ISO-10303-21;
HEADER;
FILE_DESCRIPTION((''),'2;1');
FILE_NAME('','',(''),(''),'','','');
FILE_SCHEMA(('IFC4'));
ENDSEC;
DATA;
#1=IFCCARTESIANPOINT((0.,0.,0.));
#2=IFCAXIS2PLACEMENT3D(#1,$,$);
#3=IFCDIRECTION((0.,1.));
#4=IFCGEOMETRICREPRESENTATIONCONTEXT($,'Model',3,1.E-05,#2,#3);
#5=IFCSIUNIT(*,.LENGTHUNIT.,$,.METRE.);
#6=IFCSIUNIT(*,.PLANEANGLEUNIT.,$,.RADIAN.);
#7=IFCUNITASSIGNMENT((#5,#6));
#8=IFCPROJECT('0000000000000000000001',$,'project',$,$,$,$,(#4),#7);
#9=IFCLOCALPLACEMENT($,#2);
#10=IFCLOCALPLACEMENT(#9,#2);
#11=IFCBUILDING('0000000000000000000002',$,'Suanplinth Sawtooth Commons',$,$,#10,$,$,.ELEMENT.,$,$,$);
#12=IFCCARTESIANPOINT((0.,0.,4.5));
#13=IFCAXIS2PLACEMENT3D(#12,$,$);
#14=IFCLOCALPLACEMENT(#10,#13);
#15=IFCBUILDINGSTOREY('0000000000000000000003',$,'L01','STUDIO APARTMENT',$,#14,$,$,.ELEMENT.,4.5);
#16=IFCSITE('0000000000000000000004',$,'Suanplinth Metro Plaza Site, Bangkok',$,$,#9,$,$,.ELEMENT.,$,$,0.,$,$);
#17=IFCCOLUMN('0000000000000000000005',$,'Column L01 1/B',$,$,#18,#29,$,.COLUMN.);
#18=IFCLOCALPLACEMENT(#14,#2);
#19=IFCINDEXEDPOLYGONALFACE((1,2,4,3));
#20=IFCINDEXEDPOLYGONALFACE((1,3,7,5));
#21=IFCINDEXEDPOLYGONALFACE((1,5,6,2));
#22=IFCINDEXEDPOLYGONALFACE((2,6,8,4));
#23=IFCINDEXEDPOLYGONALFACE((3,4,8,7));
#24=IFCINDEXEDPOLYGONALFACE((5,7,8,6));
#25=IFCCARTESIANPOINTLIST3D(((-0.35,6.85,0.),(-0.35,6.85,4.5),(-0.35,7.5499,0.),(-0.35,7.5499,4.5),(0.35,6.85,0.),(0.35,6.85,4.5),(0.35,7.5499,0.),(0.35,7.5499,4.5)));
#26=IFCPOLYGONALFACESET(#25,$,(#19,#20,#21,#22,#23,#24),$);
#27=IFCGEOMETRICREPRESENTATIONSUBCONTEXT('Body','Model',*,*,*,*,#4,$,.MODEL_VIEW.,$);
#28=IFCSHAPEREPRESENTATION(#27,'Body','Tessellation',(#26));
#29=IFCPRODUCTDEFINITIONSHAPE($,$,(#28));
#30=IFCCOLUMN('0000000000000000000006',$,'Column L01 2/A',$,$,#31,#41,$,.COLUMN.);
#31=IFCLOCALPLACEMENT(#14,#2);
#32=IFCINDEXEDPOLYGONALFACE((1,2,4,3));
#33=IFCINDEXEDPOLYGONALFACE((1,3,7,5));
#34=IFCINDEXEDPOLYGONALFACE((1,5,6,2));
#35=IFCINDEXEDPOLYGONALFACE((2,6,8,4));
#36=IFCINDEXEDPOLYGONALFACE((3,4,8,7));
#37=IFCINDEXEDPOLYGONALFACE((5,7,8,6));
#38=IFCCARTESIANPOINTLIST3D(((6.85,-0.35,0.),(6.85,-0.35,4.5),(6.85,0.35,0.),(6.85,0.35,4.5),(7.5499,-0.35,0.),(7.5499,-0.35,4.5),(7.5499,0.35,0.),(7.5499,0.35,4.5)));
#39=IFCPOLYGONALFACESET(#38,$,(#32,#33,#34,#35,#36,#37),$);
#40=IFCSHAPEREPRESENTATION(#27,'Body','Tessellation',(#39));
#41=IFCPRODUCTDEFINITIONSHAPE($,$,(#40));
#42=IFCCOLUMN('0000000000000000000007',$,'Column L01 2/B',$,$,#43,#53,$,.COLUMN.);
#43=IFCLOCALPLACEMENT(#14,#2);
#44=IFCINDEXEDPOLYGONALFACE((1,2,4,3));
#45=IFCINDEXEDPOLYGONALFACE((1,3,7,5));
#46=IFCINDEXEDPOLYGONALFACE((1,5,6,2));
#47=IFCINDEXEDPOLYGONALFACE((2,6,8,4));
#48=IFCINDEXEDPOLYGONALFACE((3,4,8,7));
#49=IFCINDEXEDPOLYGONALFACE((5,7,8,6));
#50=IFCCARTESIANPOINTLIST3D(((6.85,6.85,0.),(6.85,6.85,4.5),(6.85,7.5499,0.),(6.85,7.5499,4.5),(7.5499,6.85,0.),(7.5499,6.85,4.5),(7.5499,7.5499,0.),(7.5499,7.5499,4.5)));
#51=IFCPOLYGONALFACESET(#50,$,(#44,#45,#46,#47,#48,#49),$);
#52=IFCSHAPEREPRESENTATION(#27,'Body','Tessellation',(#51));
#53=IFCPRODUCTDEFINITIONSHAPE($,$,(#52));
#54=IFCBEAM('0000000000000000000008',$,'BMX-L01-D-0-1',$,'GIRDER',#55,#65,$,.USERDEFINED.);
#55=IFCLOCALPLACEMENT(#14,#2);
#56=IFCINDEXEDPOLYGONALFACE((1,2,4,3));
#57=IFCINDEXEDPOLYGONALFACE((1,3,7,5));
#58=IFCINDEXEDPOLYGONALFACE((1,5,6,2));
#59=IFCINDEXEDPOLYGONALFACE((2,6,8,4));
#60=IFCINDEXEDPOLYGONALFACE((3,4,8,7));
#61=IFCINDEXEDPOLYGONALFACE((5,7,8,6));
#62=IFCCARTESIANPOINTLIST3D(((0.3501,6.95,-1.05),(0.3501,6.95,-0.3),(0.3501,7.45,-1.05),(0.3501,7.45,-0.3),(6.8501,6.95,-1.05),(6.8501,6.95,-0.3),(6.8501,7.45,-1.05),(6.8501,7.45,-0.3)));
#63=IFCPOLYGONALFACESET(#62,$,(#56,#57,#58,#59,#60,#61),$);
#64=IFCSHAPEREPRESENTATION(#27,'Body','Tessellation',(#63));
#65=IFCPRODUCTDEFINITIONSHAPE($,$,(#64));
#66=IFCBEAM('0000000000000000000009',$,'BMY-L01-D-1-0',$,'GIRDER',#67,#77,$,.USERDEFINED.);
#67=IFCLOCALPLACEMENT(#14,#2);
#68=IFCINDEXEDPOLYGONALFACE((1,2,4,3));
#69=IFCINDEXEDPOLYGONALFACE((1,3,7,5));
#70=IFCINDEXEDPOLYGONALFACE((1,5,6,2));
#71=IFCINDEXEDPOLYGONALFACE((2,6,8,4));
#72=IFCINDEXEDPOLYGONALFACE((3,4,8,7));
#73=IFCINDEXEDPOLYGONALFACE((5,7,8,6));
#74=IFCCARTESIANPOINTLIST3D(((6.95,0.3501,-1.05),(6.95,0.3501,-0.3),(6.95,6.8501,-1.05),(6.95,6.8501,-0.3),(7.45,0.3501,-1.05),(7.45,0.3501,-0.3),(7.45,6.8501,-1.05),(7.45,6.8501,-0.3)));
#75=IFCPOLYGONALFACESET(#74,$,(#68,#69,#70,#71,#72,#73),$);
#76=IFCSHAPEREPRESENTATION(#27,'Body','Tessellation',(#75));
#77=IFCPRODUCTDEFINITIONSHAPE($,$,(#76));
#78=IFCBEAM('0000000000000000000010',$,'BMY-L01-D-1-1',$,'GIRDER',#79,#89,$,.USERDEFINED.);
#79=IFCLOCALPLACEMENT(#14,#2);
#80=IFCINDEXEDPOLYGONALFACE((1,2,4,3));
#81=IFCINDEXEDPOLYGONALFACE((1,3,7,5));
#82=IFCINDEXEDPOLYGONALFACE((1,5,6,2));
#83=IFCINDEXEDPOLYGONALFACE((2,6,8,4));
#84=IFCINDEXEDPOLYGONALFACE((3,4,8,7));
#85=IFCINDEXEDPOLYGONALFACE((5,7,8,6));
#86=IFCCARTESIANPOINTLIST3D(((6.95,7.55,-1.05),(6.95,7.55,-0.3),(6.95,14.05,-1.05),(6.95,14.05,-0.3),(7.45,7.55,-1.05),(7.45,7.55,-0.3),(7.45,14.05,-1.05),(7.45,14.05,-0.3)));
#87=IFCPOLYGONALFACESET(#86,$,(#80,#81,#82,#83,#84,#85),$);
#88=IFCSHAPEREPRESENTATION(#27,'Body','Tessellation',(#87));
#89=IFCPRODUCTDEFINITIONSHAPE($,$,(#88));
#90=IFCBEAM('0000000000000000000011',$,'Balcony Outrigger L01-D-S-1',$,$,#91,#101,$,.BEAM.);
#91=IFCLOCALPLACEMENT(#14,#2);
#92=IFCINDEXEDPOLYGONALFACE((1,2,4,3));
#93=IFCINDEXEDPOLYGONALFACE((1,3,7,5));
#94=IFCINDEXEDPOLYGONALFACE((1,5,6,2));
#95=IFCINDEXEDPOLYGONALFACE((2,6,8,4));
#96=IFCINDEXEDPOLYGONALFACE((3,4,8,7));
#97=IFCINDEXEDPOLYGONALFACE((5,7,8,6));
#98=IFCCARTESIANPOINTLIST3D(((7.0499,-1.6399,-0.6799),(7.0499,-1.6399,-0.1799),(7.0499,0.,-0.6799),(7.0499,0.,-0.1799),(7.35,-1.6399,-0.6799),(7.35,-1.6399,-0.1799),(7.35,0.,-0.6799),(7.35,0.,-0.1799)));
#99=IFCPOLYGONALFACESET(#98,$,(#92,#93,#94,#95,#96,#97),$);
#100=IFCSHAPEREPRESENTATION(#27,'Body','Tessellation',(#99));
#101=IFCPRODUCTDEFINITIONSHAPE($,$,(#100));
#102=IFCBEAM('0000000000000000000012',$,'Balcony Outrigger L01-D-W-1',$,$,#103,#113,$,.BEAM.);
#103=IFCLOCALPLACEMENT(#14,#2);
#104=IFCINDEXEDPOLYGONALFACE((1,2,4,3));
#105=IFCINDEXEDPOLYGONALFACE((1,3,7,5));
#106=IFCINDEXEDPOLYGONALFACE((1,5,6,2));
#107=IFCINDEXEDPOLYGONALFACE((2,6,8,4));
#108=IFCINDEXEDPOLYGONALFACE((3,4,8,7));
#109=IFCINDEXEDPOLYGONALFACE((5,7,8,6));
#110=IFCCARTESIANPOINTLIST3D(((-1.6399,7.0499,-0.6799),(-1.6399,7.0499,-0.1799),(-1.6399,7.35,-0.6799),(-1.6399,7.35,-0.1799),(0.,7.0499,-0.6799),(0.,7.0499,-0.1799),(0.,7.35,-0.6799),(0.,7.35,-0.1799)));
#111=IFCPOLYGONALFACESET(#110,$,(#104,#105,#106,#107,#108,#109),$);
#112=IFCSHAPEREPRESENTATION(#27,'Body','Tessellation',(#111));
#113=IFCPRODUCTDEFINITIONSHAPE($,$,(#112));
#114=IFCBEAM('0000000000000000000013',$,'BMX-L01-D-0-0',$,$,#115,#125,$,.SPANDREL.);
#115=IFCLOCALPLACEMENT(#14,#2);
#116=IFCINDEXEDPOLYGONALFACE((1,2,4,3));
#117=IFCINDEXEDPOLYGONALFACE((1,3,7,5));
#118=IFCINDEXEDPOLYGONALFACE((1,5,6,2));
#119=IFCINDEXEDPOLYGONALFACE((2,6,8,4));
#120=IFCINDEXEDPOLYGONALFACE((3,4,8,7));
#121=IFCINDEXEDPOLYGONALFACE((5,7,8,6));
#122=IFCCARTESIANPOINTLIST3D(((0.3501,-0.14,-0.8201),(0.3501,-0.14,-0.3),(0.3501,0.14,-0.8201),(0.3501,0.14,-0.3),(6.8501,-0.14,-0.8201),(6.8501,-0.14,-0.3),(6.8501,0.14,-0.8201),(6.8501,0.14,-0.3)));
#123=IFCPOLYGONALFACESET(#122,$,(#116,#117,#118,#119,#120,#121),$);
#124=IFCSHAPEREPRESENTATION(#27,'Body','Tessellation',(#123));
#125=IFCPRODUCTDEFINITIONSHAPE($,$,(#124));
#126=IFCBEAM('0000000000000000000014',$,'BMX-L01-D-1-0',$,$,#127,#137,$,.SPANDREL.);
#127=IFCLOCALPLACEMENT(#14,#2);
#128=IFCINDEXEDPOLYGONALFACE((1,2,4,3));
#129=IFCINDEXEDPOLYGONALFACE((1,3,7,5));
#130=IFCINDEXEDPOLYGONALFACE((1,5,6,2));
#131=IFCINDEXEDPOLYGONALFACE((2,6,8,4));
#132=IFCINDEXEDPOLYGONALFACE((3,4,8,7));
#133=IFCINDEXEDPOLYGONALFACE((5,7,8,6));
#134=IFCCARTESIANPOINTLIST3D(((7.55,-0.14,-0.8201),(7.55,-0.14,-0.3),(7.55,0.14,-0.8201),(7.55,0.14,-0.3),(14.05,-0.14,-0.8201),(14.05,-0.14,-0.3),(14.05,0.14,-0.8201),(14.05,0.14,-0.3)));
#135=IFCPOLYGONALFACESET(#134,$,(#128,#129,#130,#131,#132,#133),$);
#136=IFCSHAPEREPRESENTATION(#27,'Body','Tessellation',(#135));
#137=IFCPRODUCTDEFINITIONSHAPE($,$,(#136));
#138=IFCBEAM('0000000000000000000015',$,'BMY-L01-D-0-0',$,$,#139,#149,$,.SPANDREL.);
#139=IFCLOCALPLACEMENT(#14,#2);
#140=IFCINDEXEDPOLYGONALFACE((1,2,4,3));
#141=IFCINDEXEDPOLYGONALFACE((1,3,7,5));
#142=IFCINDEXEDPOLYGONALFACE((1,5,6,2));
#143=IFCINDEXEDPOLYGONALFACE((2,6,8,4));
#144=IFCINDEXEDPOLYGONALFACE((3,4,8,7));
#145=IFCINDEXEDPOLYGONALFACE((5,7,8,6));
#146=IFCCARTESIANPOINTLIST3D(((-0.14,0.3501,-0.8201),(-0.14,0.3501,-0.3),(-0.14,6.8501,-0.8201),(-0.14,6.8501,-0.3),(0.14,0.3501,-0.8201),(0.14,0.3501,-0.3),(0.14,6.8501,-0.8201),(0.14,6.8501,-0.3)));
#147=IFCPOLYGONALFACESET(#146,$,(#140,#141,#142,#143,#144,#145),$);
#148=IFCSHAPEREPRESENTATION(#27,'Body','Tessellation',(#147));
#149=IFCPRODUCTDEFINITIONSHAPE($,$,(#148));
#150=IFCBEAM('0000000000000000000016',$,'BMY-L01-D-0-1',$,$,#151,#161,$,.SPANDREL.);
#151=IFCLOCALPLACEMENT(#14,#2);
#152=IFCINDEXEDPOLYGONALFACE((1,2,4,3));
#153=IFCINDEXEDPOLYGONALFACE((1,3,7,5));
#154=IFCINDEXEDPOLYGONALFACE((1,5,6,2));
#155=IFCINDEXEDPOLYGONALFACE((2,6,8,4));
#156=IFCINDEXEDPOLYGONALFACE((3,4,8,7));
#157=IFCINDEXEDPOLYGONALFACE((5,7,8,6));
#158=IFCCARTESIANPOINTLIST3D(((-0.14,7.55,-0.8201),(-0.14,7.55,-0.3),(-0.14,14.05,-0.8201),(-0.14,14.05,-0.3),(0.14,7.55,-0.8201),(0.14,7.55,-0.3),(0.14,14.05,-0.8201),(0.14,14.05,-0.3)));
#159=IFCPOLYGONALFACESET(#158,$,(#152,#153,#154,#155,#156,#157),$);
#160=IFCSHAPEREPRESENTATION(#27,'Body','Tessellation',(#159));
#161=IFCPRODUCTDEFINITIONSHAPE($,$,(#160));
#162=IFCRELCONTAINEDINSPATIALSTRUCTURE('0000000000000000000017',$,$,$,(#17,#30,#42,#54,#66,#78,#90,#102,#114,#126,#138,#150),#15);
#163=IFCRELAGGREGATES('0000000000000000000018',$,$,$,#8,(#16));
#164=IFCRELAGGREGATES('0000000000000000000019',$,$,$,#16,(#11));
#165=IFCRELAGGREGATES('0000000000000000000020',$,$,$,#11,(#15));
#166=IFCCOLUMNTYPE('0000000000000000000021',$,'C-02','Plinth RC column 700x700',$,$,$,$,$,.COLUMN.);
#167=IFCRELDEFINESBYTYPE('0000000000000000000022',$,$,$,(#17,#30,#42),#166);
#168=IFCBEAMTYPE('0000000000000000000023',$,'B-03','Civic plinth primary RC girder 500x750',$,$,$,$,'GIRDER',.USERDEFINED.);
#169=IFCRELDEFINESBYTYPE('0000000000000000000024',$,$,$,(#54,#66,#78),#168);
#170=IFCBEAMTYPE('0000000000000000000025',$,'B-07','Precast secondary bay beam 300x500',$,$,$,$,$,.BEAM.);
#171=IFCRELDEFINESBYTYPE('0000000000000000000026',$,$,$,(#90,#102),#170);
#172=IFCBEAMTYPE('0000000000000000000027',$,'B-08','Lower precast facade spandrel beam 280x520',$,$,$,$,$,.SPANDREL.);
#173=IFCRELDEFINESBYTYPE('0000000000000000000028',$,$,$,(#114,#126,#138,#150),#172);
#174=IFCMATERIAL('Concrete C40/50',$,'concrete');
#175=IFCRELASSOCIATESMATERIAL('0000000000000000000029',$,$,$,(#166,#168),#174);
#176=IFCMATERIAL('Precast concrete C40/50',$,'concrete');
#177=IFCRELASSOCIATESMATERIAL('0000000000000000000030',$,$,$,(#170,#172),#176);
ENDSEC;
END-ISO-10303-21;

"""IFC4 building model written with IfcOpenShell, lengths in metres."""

from ifc_helpers import new_model, si_unit, direction, frame, origin, origin_2d, place, context, subcontext, project, spatial, rectangle, extrude, material, material_profile, profile_set, type_object, element, save


model = new_model("IFC4")

# Units and contexts
model_context = context("Model", 3, precision=1e-05, world=origin(), true_north=direction((0.0, 1.0)))
body_context = subcontext(model_context, "Body", "Model", "MODEL_VIEW")
ifc_project = project(units=[si_unit("LENGTHUNIT", "METRE"), si_unit("PLANEANGLEUNIT", "RADIAN")], contexts=[model_context])

# Site, building, storey
site_placement = place(None, origin())
site = spatial("IfcSite", under=ifc_project, at=site_placement, Name="Suanplinth Metro Plaza Site, Bangkok", CompositionType="ELEMENT", RefElevation=0.0)
building_placement = place(site_placement, origin())
building = spatial("IfcBuilding", under=site, at=building_placement, Name="Suanplinth Sawtooth Commons", CompositionType="ELEMENT")
storey_placement = place(building_placement, frame((0.0, 0.0, 4.5)))
storey = spatial("IfcBuildingStorey", under=building, at=storey_placement, Name="L01", Description="STUDIO APARTMENT", CompositionType="ELEMENT", Elevation=4.5)

# Columns
ifc_material_1 = material(Name="Concrete C40/50", Category="concrete")
ifc_material_profile_1 = material_profile(ifc_material_1, rectangle(XDim=0.7, YDim=0.7, at=origin_2d()), Name="RC-COL 700x700")
ifc_profile_set_1 = profile_set([ifc_material_profile_1], Name="Concrete C40/50")
column_type = type_object("IfcColumnType", Name="C-02", Description="Plinth RC column 700x700", PredefinedType="COLUMN", material=ifc_profile_set_1)
for number, where, z_axis, x_axis, name in (
    (1, (0.0, 7.2, 0.0), (0.0, 0.0, 1.0), (1.0, 0.0, 0.0), "Column L01 1/B"),
    (2, (7.2, 0.0, 0.0), (0.0, 0.0, 1.0), (1.0, 0.0, 0.0), "Column L01 2/A"),
    (3, (7.2, 7.2, 0.0), (0.0, 0.0, 1.0), (1.0, 0.0, 0.0), "Column L01 2/B"),
):
    element("IfcColumn", number, at=place(storey_placement, frame(where, z_axis=z_axis, x_axis=x_axis)), inside=storey, type_object=column_type, Name=name, PredefinedType="COLUMN", context=body_context, shape_type="SweptSolid", body=[
        extrude(rectangle(XDim=0.7, YDim=0.7, at=origin_2d()), origin(), (0.0, 0.0, 1.0), 4.5),
    ])

# Beams
ifc_material_profile_2 = material_profile(ifc_material_1, rectangle(XDim=0.5, YDim=0.75, at=origin_2d()), Name="RC-GDR 500x750")
ifc_profile_set_2 = profile_set([ifc_material_profile_2], Name="Concrete C40/50")
beam_type_1 = type_object("IfcBeamType", Name="B-03", Description="Civic plinth primary RC girder 500x750", ElementType="GIRDER", PredefinedType="USERDEFINED", material=ifc_profile_set_2)
for number, where, z_axis, x_axis, name in (
    (4, (0.3501, 7.2, -0.675), (1.0, 0.0, 0.0), (0.0, 1.0, 0.0), "BMX-L01-D-0-1"),
    (5, (7.2, 0.3501, -0.675), (0.0, 1.0, 0.0), (-1.0, 0.0, 0.0), "BMY-L01-D-1-0"),
    (6, (7.2, 7.55, -0.675), (0.0, 1.0, 0.0), (-1.0, 0.0, 0.0), "BMY-L01-D-1-1"),
):
    element("IfcBeam", number, at=place(storey_placement, frame(where, z_axis=z_axis, x_axis=x_axis)), inside=storey, type_object=beam_type_1, Name=name, ObjectType="GIRDER", PredefinedType="USERDEFINED", context=body_context, shape_type="SweptSolid", body=[
        extrude(rectangle(XDim=0.5, YDim=0.75, at=origin_2d()), origin(), (0.0, 0.0, 1.0), 6.5),
    ])
ifc_material_2 = material(Name="Precast concrete C40/50", Category="concrete")
ifc_material_profile_3 = material_profile(ifc_material_2, rectangle(XDim=0.3, YDim=0.5, at=origin_2d()), Name="PC-BM 300x500")
ifc_profile_set_3 = profile_set([ifc_material_profile_3], Name="Precast concrete C40/50")
beam_type_2 = type_object("IfcBeamType", Name="B-07", Description="Precast secondary bay beam 300x500", PredefinedType="BEAM", material=ifc_profile_set_3)
for number, where, z_axis, x_axis, name in (
    (7, (7.2, 0.0, -0.4299), (0.0, -1.0, 0.0), (1.0, 0.0, 0.0), "Balcony Outrigger L01-D-S-1"),
    (8, (0.0, 7.2, -0.4299), (-1.0, 0.0, 0.0), (0.0, -1.0, 0.0), "Balcony Outrigger L01-D-W-1"),
):
    element("IfcBeam", number, at=place(storey_placement, frame(where, z_axis=z_axis, x_axis=x_axis)), inside=storey, type_object=beam_type_2, Name=name, PredefinedType="BEAM", context=body_context, shape_type="SweptSolid", body=[
        extrude(rectangle(XDim=0.3, YDim=0.5, at=origin_2d()), origin(), (0.0, 0.0, 1.0), 1.6399),
    ])
ifc_material_profile_4 = material_profile(ifc_material_2, rectangle(XDim=0.28, YDim=0.52, at=origin_2d()), Name="PC-SP 280x520")
ifc_profile_set_4 = profile_set([ifc_material_profile_4], Name="Precast concrete C40/50")
beam_type_3 = type_object("IfcBeamType", Name="B-08", Description="Lower precast facade spandrel beam 280x520", PredefinedType="SPANDREL", material=ifc_profile_set_4)
for number, where, z_axis, x_axis, name in (
    (9, (0.3501, 0.0, -0.5601), (1.0, 0.0, 0.0), (0.0, 1.0, 0.0), "BMX-L01-D-0-0"),
    (10, (7.55, 0.0, -0.5601), (1.0, 0.0, 0.0), (0.0, 1.0, 0.0), "BMX-L01-D-1-0"),
    (11, (0.0, 0.3501, -0.5601), (0.0, 1.0, 0.0), (-1.0, 0.0, 0.0), "BMY-L01-D-0-0"),
    (12, (0.0, 7.55, -0.5601), (0.0, 1.0, 0.0), (-1.0, 0.0, 0.0), "BMY-L01-D-0-1"),
):
    element("IfcBeam", number, at=place(storey_placement, frame(where, z_axis=z_axis, x_axis=x_axis)), inside=storey, type_object=beam_type_3, Name=name, PredefinedType="SPANDREL", context=body_context, shape_type="SweptSolid", body=[
        extrude(rectangle(XDim=0.28, YDim=0.52, at=origin_2d()), origin(), (0.0, 0.0, 1.0), 6.5),
    ])

save(model, "model.ifc")
